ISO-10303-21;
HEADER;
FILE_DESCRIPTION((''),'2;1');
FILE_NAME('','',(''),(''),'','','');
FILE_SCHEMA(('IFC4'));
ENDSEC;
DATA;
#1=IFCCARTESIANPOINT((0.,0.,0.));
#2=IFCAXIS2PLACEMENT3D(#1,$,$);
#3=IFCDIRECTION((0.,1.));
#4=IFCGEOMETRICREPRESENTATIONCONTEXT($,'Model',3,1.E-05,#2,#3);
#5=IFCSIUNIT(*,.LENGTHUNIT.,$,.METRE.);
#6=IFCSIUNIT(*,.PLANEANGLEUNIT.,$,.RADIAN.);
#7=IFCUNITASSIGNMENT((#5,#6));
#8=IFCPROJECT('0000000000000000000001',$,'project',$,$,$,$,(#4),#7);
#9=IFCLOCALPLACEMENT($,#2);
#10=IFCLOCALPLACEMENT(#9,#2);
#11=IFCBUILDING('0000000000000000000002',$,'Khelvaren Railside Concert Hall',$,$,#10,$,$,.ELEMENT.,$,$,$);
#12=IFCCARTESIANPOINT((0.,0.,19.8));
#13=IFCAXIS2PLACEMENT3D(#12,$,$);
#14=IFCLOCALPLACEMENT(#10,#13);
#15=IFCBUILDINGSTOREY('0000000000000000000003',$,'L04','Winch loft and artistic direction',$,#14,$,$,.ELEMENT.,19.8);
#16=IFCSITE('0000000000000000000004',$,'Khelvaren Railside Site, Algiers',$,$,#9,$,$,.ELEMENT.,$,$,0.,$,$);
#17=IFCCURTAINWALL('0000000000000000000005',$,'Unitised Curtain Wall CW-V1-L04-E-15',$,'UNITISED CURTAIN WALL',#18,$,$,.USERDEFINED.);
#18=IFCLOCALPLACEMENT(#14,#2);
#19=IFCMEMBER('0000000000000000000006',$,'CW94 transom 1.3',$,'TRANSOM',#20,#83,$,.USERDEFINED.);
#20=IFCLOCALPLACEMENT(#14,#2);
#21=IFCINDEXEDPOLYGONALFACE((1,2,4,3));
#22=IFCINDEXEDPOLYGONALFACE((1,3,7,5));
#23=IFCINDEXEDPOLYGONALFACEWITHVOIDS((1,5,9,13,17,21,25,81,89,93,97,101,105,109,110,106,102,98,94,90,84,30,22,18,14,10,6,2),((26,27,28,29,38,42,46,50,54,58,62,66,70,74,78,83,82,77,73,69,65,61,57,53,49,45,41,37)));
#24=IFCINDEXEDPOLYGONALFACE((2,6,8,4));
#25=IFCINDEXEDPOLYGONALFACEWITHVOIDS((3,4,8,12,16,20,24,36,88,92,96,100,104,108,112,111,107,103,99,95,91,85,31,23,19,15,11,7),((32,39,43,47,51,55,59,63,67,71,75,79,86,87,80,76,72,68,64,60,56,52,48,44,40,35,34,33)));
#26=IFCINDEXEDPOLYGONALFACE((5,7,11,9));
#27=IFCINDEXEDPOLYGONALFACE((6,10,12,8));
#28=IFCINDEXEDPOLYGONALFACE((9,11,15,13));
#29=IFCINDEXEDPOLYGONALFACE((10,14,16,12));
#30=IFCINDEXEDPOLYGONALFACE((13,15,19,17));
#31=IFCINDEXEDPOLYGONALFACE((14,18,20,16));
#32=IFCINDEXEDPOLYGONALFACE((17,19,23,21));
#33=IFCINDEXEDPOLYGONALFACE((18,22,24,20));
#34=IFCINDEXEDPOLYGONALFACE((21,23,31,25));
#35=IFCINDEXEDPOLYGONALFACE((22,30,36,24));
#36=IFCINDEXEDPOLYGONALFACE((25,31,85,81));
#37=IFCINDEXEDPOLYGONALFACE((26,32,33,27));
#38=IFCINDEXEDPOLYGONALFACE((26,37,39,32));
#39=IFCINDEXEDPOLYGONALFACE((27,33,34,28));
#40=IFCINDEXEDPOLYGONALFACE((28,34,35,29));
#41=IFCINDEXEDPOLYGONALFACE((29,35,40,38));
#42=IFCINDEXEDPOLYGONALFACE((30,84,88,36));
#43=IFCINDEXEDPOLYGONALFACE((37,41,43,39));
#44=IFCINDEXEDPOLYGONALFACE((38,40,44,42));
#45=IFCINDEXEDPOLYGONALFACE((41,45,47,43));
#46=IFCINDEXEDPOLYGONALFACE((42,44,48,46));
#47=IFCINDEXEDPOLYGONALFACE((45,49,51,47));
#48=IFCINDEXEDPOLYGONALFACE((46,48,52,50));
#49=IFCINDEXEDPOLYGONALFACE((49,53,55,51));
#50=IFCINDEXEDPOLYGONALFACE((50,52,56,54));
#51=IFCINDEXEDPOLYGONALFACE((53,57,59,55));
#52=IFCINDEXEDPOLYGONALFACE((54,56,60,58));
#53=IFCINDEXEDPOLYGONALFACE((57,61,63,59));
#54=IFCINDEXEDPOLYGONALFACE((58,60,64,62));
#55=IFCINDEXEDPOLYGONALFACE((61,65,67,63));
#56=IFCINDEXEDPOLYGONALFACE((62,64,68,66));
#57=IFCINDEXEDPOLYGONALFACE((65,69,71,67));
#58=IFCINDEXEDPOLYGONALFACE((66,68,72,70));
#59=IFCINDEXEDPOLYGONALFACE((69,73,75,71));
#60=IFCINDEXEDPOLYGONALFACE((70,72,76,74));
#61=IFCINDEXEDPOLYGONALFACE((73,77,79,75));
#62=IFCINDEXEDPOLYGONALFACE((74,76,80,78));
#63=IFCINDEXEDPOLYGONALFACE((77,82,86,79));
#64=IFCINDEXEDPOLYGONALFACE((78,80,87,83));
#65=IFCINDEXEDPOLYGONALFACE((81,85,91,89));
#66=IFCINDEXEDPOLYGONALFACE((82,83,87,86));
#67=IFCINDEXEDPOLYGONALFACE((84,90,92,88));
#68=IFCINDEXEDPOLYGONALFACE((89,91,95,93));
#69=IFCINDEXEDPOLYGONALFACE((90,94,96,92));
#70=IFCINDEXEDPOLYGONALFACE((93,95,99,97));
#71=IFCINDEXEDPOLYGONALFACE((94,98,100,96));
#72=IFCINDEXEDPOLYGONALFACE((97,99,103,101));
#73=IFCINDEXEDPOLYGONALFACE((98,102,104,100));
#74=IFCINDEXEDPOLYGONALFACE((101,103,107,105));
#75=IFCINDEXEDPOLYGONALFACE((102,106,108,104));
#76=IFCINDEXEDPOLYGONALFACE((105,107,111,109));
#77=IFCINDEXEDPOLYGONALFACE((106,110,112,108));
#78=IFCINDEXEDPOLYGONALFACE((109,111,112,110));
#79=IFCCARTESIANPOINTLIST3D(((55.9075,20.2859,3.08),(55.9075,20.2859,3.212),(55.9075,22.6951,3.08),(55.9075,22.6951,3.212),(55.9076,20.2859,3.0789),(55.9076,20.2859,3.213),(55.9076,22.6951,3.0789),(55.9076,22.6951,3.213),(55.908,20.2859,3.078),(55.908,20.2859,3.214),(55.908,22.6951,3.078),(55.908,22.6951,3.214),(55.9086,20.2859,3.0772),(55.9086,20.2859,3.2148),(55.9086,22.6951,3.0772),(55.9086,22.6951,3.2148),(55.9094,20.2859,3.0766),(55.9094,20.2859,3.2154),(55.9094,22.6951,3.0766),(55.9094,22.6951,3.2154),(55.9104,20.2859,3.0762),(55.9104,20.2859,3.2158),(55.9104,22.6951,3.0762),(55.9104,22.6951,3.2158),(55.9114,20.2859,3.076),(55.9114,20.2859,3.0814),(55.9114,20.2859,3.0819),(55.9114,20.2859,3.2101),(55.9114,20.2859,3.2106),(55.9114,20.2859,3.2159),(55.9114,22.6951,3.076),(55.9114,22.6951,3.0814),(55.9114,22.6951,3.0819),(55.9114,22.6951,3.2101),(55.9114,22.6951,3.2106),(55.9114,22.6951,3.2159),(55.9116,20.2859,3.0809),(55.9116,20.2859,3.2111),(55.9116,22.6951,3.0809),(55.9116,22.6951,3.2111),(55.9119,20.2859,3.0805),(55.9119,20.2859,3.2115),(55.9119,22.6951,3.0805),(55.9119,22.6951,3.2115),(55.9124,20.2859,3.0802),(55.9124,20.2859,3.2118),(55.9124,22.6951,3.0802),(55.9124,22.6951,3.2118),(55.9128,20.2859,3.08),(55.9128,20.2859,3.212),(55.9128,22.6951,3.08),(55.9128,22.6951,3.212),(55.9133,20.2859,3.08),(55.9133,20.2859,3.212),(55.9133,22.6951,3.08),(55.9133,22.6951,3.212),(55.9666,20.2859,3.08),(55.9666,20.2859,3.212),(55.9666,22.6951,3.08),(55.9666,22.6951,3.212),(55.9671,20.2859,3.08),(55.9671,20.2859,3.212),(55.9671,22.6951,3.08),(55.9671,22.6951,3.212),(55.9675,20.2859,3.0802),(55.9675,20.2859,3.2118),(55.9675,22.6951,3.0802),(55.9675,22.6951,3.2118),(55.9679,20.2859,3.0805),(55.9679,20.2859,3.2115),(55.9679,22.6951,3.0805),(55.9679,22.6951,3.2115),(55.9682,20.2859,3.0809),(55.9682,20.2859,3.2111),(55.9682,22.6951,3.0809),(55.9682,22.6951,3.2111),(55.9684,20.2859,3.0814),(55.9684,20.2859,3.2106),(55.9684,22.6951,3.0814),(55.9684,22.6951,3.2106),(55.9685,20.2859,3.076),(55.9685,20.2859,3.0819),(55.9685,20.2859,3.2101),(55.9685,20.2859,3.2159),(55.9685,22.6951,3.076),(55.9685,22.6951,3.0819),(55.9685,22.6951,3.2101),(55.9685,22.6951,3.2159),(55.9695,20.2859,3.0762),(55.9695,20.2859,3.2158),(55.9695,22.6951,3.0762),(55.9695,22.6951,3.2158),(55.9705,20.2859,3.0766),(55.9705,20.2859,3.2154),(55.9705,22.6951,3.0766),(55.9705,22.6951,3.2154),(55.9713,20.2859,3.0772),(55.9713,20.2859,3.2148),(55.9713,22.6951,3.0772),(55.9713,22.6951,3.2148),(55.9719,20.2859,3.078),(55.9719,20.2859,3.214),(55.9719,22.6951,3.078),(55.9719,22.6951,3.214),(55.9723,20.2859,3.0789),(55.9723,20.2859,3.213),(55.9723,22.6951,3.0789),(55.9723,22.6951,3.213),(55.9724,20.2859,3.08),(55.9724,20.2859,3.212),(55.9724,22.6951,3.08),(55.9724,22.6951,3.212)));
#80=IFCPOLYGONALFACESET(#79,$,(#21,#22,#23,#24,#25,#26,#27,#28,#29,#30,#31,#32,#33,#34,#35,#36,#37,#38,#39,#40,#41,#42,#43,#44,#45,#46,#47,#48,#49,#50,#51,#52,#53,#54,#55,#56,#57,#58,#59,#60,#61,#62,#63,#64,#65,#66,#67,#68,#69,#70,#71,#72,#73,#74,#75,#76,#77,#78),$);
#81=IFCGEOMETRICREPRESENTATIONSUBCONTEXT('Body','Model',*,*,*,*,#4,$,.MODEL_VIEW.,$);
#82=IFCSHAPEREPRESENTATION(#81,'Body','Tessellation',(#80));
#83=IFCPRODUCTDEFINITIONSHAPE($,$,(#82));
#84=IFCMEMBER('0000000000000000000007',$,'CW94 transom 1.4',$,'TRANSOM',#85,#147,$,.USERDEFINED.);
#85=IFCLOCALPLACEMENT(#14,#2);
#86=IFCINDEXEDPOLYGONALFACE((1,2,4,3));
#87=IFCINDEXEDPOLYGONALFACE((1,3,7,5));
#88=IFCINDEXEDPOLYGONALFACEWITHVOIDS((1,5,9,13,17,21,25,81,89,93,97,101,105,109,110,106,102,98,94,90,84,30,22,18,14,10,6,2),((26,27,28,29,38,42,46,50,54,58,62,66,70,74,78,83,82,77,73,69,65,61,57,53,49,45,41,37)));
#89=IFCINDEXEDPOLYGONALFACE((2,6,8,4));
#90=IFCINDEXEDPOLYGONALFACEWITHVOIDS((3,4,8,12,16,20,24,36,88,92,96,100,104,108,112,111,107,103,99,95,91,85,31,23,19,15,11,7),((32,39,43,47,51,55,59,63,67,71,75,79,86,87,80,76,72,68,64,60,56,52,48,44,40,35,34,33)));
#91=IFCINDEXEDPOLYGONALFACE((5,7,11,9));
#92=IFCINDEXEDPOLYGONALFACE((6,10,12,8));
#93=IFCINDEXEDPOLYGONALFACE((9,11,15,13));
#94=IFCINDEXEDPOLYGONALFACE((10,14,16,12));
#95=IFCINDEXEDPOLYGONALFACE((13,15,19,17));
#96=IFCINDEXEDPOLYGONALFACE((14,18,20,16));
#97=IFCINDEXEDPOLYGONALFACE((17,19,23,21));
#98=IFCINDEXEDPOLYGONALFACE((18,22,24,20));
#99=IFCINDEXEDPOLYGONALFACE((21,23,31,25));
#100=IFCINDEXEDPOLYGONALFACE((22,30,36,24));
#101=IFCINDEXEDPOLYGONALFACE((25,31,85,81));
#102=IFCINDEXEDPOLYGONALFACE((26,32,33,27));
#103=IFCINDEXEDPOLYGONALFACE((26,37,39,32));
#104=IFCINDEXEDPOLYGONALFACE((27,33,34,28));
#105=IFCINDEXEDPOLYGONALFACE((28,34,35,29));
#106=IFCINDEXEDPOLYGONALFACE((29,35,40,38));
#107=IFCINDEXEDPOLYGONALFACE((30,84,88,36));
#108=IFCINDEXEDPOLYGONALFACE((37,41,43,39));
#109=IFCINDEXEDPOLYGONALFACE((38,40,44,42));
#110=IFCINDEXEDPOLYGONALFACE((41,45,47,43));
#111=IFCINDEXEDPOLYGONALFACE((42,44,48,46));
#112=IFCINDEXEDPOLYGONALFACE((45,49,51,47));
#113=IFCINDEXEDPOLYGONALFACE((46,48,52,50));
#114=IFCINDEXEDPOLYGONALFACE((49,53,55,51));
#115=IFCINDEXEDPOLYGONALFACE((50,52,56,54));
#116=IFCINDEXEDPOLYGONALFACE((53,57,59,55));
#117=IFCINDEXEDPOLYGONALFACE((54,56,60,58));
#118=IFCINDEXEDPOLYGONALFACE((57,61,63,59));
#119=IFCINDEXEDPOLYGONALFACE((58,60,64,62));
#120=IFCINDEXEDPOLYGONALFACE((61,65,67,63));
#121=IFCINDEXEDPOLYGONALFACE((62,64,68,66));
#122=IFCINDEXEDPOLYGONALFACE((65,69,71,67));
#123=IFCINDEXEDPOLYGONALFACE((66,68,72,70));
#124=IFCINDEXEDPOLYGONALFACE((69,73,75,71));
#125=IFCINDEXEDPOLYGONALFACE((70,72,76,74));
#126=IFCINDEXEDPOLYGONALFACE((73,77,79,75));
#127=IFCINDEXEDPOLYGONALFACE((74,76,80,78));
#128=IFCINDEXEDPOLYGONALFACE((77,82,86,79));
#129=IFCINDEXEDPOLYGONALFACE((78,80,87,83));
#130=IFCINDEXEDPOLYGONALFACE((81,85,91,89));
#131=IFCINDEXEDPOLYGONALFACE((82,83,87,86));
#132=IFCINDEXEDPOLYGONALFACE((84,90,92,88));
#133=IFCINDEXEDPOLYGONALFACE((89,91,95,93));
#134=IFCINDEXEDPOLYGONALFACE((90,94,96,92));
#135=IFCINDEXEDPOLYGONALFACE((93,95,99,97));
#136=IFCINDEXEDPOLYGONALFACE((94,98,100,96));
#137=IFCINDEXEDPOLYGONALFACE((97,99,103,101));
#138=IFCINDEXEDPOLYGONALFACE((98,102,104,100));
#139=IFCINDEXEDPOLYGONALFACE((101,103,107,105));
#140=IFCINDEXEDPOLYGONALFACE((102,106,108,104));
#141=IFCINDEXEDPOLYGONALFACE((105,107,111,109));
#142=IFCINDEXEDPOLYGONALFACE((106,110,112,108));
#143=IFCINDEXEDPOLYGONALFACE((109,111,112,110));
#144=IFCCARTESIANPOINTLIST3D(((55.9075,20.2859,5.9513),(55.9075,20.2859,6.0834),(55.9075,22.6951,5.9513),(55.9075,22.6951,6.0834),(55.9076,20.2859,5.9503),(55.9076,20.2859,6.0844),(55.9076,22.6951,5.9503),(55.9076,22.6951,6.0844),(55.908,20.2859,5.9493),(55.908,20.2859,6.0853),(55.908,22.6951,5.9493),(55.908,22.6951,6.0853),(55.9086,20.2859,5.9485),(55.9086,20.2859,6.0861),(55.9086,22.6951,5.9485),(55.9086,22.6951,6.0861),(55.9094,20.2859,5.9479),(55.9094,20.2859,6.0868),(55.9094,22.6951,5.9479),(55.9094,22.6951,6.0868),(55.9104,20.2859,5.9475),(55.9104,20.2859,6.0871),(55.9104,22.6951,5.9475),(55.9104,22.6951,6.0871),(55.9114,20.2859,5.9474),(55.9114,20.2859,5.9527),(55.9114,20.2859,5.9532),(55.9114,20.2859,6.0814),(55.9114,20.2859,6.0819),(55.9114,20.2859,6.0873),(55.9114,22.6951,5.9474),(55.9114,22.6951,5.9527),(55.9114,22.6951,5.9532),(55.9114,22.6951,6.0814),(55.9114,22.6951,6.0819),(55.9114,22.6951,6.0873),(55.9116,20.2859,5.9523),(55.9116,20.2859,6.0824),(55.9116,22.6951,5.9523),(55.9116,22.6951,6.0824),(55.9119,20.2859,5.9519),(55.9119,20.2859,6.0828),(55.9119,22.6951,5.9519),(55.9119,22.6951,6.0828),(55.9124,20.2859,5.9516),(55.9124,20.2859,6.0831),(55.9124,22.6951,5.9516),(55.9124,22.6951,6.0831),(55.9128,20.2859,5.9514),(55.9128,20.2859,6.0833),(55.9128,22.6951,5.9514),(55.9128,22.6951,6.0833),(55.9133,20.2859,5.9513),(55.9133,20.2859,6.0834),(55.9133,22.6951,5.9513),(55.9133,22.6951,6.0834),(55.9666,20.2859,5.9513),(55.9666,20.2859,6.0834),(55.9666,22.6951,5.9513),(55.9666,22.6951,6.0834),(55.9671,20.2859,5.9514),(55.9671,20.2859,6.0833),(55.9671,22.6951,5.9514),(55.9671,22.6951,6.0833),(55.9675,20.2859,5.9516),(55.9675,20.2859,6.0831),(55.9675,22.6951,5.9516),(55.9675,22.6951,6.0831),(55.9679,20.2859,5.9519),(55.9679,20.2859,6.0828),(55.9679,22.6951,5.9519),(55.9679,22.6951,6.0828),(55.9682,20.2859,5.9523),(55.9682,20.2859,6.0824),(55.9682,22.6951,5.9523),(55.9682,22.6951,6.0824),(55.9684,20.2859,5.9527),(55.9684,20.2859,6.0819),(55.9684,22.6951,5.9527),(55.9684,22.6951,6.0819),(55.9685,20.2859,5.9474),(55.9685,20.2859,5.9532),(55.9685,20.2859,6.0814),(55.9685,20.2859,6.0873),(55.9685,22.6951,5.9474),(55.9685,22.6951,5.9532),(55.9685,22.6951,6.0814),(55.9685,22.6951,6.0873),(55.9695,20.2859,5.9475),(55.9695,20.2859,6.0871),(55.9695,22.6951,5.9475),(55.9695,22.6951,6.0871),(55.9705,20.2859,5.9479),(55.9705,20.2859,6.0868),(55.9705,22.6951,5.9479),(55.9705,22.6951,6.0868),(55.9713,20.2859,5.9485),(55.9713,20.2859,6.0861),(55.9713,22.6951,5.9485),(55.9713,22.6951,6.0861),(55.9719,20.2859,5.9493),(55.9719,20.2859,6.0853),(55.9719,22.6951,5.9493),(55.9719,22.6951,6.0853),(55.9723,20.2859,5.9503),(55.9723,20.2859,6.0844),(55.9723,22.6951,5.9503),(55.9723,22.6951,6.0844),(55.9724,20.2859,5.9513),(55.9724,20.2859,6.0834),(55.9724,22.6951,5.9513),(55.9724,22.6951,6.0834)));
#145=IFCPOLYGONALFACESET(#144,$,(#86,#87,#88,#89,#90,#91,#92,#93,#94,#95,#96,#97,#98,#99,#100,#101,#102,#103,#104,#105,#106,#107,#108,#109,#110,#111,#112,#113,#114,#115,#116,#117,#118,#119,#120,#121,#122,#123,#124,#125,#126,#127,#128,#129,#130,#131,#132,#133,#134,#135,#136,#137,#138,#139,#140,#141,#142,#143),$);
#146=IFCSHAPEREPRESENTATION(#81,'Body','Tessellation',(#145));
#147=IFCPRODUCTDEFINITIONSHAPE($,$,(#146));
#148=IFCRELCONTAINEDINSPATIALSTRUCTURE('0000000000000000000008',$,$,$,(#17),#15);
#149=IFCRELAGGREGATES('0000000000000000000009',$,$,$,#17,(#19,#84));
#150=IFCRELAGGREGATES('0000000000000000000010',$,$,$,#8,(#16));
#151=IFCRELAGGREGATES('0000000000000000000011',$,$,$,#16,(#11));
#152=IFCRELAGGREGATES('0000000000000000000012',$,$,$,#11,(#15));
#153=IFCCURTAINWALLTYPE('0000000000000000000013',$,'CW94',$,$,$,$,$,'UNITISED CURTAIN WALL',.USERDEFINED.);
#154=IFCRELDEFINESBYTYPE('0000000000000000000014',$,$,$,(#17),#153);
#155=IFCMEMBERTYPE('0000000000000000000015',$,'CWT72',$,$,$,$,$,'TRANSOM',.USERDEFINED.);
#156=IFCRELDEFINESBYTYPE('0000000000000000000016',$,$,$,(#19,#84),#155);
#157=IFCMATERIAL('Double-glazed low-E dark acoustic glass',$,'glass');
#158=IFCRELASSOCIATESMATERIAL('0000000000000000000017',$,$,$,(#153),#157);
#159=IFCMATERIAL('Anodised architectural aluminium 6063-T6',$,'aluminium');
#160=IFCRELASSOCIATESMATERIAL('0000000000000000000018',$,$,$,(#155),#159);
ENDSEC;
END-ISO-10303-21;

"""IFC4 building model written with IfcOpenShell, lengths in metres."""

from ifc_helpers import new_model, si_unit, direction, frame, origin, origin_2d, place, context, subcontext, project, spatial, hollow_rectangle, extrude, material, material_profile, profile_set, type_object, element, aggregate, save


model = new_model("IFC4")

# Units and contexts
model_context = context("Model", 3, precision=1e-05, world=origin(), true_north=direction((0.0, 1.0)))
body_context = subcontext(model_context, "Body", "Model", "MODEL_VIEW")
ifc_project = project(units=[si_unit("LENGTHUNIT", "METRE"), si_unit("PLANEANGLEUNIT", "RADIAN")], contexts=[model_context])

# Site, building, storey
site_placement = place(None, origin())
site = spatial("IfcSite", under=ifc_project, at=site_placement, Name="Khelvaren Railside Site, Algiers", CompositionType="ELEMENT", RefElevation=0.0)
building_placement = place(site_placement, origin())
building = spatial("IfcBuilding", under=site, at=building_placement, Name="Khelvaren Railside Concert Hall", CompositionType="ELEMENT")
storey_placement = place(building_placement, frame((0.0, 0.0, 19.8)))
storey = spatial("IfcBuildingStorey", under=building, at=storey_placement, Name="L04", Description="Winch loft and artistic direction", CompositionType="ELEMENT", Elevation=19.8)

# Curtain wall
ifc_material_1 = material(Name="Anodised architectural aluminium 6063-T6", Category="aluminium")
ifc_material_2 = material(Name="Double-glazed low-E dark acoustic glass", Category="glass")
curtain_wall_type_1 = type_object("IfcCurtainWallType", Name="CW94", ElementType="UNITISED CURTAIN WALL", PredefinedType="USERDEFINED", material=ifc_material_2)
curtain_wall_1_placement = place(storey_placement, origin())
curtain_wall_1 = element("IfcCurtainWall", 1, at=curtain_wall_1_placement, inside=storey, type_object=curtain_wall_type_1, Name="Unitised Curtain Wall CW-V1-L04-E-15", ObjectType="UNITISED CURTAIN WALL", PredefinedType="USERDEFINED")

# Members
ifc_material_profile_1 = material_profile(ifc_material_1, hollow_rectangle(XDim=0.0649, YDim=0.1399, WallThickness=0.0039, InnerFilletRadius=0.002, OuterFilletRadius=0.0039, at=origin_2d()), Name="CWT 65x140x4")
ifc_profile_set_1 = profile_set([ifc_material_profile_1], Name="Anodised architectural aluminium 6063-T6")
member_type_1 = type_object("IfcMemberType", Name="CWT72", ElementType="TRANSOM", PredefinedType="USERDEFINED", material=ifc_profile_set_1)
member_1_placement = place(storey_placement, frame((55.9399, 22.6951, 3.146), z_axis=(0.0, -1.0, 0.0), x_axis=(1.0, 0.0, 0.0)))
member_1 = element("IfcMember", 2, at=member_1_placement, type_object=member_type_1, Name="CW94 transom 1.3", ObjectType="TRANSOM", PredefinedType="USERDEFINED", context=body_context, shape_type="SweptSolid", body=[
    extrude(hollow_rectangle(XDim=0.0649, YDim=0.1399, WallThickness=0.0039, InnerFilletRadius=0.002, OuterFilletRadius=0.0039, at=origin_2d()), origin(), (0.0, 0.0, 1.0), 2.4092),
])
member_2_placement = place(storey_placement, frame((55.9399, 22.6951, 6.0173), z_axis=(0.0, -1.0, 0.0), x_axis=(1.0, 0.0, 0.0)))
member_2 = element("IfcMember", 3, at=member_2_placement, type_object=member_type_1, Name="CW94 transom 1.4", ObjectType="TRANSOM", PredefinedType="USERDEFINED", context=body_context, shape_type="SweptSolid", body=[
    extrude(hollow_rectangle(XDim=0.0649, YDim=0.1399, WallThickness=0.0039, InnerFilletRadius=0.002, OuterFilletRadius=0.0039, at=origin_2d()), origin(), (0.0, 0.0, 1.0), 2.4092),
])
aggregate(curtain_wall_1, [member_1, member_2])

save(model, "model.ifc")
